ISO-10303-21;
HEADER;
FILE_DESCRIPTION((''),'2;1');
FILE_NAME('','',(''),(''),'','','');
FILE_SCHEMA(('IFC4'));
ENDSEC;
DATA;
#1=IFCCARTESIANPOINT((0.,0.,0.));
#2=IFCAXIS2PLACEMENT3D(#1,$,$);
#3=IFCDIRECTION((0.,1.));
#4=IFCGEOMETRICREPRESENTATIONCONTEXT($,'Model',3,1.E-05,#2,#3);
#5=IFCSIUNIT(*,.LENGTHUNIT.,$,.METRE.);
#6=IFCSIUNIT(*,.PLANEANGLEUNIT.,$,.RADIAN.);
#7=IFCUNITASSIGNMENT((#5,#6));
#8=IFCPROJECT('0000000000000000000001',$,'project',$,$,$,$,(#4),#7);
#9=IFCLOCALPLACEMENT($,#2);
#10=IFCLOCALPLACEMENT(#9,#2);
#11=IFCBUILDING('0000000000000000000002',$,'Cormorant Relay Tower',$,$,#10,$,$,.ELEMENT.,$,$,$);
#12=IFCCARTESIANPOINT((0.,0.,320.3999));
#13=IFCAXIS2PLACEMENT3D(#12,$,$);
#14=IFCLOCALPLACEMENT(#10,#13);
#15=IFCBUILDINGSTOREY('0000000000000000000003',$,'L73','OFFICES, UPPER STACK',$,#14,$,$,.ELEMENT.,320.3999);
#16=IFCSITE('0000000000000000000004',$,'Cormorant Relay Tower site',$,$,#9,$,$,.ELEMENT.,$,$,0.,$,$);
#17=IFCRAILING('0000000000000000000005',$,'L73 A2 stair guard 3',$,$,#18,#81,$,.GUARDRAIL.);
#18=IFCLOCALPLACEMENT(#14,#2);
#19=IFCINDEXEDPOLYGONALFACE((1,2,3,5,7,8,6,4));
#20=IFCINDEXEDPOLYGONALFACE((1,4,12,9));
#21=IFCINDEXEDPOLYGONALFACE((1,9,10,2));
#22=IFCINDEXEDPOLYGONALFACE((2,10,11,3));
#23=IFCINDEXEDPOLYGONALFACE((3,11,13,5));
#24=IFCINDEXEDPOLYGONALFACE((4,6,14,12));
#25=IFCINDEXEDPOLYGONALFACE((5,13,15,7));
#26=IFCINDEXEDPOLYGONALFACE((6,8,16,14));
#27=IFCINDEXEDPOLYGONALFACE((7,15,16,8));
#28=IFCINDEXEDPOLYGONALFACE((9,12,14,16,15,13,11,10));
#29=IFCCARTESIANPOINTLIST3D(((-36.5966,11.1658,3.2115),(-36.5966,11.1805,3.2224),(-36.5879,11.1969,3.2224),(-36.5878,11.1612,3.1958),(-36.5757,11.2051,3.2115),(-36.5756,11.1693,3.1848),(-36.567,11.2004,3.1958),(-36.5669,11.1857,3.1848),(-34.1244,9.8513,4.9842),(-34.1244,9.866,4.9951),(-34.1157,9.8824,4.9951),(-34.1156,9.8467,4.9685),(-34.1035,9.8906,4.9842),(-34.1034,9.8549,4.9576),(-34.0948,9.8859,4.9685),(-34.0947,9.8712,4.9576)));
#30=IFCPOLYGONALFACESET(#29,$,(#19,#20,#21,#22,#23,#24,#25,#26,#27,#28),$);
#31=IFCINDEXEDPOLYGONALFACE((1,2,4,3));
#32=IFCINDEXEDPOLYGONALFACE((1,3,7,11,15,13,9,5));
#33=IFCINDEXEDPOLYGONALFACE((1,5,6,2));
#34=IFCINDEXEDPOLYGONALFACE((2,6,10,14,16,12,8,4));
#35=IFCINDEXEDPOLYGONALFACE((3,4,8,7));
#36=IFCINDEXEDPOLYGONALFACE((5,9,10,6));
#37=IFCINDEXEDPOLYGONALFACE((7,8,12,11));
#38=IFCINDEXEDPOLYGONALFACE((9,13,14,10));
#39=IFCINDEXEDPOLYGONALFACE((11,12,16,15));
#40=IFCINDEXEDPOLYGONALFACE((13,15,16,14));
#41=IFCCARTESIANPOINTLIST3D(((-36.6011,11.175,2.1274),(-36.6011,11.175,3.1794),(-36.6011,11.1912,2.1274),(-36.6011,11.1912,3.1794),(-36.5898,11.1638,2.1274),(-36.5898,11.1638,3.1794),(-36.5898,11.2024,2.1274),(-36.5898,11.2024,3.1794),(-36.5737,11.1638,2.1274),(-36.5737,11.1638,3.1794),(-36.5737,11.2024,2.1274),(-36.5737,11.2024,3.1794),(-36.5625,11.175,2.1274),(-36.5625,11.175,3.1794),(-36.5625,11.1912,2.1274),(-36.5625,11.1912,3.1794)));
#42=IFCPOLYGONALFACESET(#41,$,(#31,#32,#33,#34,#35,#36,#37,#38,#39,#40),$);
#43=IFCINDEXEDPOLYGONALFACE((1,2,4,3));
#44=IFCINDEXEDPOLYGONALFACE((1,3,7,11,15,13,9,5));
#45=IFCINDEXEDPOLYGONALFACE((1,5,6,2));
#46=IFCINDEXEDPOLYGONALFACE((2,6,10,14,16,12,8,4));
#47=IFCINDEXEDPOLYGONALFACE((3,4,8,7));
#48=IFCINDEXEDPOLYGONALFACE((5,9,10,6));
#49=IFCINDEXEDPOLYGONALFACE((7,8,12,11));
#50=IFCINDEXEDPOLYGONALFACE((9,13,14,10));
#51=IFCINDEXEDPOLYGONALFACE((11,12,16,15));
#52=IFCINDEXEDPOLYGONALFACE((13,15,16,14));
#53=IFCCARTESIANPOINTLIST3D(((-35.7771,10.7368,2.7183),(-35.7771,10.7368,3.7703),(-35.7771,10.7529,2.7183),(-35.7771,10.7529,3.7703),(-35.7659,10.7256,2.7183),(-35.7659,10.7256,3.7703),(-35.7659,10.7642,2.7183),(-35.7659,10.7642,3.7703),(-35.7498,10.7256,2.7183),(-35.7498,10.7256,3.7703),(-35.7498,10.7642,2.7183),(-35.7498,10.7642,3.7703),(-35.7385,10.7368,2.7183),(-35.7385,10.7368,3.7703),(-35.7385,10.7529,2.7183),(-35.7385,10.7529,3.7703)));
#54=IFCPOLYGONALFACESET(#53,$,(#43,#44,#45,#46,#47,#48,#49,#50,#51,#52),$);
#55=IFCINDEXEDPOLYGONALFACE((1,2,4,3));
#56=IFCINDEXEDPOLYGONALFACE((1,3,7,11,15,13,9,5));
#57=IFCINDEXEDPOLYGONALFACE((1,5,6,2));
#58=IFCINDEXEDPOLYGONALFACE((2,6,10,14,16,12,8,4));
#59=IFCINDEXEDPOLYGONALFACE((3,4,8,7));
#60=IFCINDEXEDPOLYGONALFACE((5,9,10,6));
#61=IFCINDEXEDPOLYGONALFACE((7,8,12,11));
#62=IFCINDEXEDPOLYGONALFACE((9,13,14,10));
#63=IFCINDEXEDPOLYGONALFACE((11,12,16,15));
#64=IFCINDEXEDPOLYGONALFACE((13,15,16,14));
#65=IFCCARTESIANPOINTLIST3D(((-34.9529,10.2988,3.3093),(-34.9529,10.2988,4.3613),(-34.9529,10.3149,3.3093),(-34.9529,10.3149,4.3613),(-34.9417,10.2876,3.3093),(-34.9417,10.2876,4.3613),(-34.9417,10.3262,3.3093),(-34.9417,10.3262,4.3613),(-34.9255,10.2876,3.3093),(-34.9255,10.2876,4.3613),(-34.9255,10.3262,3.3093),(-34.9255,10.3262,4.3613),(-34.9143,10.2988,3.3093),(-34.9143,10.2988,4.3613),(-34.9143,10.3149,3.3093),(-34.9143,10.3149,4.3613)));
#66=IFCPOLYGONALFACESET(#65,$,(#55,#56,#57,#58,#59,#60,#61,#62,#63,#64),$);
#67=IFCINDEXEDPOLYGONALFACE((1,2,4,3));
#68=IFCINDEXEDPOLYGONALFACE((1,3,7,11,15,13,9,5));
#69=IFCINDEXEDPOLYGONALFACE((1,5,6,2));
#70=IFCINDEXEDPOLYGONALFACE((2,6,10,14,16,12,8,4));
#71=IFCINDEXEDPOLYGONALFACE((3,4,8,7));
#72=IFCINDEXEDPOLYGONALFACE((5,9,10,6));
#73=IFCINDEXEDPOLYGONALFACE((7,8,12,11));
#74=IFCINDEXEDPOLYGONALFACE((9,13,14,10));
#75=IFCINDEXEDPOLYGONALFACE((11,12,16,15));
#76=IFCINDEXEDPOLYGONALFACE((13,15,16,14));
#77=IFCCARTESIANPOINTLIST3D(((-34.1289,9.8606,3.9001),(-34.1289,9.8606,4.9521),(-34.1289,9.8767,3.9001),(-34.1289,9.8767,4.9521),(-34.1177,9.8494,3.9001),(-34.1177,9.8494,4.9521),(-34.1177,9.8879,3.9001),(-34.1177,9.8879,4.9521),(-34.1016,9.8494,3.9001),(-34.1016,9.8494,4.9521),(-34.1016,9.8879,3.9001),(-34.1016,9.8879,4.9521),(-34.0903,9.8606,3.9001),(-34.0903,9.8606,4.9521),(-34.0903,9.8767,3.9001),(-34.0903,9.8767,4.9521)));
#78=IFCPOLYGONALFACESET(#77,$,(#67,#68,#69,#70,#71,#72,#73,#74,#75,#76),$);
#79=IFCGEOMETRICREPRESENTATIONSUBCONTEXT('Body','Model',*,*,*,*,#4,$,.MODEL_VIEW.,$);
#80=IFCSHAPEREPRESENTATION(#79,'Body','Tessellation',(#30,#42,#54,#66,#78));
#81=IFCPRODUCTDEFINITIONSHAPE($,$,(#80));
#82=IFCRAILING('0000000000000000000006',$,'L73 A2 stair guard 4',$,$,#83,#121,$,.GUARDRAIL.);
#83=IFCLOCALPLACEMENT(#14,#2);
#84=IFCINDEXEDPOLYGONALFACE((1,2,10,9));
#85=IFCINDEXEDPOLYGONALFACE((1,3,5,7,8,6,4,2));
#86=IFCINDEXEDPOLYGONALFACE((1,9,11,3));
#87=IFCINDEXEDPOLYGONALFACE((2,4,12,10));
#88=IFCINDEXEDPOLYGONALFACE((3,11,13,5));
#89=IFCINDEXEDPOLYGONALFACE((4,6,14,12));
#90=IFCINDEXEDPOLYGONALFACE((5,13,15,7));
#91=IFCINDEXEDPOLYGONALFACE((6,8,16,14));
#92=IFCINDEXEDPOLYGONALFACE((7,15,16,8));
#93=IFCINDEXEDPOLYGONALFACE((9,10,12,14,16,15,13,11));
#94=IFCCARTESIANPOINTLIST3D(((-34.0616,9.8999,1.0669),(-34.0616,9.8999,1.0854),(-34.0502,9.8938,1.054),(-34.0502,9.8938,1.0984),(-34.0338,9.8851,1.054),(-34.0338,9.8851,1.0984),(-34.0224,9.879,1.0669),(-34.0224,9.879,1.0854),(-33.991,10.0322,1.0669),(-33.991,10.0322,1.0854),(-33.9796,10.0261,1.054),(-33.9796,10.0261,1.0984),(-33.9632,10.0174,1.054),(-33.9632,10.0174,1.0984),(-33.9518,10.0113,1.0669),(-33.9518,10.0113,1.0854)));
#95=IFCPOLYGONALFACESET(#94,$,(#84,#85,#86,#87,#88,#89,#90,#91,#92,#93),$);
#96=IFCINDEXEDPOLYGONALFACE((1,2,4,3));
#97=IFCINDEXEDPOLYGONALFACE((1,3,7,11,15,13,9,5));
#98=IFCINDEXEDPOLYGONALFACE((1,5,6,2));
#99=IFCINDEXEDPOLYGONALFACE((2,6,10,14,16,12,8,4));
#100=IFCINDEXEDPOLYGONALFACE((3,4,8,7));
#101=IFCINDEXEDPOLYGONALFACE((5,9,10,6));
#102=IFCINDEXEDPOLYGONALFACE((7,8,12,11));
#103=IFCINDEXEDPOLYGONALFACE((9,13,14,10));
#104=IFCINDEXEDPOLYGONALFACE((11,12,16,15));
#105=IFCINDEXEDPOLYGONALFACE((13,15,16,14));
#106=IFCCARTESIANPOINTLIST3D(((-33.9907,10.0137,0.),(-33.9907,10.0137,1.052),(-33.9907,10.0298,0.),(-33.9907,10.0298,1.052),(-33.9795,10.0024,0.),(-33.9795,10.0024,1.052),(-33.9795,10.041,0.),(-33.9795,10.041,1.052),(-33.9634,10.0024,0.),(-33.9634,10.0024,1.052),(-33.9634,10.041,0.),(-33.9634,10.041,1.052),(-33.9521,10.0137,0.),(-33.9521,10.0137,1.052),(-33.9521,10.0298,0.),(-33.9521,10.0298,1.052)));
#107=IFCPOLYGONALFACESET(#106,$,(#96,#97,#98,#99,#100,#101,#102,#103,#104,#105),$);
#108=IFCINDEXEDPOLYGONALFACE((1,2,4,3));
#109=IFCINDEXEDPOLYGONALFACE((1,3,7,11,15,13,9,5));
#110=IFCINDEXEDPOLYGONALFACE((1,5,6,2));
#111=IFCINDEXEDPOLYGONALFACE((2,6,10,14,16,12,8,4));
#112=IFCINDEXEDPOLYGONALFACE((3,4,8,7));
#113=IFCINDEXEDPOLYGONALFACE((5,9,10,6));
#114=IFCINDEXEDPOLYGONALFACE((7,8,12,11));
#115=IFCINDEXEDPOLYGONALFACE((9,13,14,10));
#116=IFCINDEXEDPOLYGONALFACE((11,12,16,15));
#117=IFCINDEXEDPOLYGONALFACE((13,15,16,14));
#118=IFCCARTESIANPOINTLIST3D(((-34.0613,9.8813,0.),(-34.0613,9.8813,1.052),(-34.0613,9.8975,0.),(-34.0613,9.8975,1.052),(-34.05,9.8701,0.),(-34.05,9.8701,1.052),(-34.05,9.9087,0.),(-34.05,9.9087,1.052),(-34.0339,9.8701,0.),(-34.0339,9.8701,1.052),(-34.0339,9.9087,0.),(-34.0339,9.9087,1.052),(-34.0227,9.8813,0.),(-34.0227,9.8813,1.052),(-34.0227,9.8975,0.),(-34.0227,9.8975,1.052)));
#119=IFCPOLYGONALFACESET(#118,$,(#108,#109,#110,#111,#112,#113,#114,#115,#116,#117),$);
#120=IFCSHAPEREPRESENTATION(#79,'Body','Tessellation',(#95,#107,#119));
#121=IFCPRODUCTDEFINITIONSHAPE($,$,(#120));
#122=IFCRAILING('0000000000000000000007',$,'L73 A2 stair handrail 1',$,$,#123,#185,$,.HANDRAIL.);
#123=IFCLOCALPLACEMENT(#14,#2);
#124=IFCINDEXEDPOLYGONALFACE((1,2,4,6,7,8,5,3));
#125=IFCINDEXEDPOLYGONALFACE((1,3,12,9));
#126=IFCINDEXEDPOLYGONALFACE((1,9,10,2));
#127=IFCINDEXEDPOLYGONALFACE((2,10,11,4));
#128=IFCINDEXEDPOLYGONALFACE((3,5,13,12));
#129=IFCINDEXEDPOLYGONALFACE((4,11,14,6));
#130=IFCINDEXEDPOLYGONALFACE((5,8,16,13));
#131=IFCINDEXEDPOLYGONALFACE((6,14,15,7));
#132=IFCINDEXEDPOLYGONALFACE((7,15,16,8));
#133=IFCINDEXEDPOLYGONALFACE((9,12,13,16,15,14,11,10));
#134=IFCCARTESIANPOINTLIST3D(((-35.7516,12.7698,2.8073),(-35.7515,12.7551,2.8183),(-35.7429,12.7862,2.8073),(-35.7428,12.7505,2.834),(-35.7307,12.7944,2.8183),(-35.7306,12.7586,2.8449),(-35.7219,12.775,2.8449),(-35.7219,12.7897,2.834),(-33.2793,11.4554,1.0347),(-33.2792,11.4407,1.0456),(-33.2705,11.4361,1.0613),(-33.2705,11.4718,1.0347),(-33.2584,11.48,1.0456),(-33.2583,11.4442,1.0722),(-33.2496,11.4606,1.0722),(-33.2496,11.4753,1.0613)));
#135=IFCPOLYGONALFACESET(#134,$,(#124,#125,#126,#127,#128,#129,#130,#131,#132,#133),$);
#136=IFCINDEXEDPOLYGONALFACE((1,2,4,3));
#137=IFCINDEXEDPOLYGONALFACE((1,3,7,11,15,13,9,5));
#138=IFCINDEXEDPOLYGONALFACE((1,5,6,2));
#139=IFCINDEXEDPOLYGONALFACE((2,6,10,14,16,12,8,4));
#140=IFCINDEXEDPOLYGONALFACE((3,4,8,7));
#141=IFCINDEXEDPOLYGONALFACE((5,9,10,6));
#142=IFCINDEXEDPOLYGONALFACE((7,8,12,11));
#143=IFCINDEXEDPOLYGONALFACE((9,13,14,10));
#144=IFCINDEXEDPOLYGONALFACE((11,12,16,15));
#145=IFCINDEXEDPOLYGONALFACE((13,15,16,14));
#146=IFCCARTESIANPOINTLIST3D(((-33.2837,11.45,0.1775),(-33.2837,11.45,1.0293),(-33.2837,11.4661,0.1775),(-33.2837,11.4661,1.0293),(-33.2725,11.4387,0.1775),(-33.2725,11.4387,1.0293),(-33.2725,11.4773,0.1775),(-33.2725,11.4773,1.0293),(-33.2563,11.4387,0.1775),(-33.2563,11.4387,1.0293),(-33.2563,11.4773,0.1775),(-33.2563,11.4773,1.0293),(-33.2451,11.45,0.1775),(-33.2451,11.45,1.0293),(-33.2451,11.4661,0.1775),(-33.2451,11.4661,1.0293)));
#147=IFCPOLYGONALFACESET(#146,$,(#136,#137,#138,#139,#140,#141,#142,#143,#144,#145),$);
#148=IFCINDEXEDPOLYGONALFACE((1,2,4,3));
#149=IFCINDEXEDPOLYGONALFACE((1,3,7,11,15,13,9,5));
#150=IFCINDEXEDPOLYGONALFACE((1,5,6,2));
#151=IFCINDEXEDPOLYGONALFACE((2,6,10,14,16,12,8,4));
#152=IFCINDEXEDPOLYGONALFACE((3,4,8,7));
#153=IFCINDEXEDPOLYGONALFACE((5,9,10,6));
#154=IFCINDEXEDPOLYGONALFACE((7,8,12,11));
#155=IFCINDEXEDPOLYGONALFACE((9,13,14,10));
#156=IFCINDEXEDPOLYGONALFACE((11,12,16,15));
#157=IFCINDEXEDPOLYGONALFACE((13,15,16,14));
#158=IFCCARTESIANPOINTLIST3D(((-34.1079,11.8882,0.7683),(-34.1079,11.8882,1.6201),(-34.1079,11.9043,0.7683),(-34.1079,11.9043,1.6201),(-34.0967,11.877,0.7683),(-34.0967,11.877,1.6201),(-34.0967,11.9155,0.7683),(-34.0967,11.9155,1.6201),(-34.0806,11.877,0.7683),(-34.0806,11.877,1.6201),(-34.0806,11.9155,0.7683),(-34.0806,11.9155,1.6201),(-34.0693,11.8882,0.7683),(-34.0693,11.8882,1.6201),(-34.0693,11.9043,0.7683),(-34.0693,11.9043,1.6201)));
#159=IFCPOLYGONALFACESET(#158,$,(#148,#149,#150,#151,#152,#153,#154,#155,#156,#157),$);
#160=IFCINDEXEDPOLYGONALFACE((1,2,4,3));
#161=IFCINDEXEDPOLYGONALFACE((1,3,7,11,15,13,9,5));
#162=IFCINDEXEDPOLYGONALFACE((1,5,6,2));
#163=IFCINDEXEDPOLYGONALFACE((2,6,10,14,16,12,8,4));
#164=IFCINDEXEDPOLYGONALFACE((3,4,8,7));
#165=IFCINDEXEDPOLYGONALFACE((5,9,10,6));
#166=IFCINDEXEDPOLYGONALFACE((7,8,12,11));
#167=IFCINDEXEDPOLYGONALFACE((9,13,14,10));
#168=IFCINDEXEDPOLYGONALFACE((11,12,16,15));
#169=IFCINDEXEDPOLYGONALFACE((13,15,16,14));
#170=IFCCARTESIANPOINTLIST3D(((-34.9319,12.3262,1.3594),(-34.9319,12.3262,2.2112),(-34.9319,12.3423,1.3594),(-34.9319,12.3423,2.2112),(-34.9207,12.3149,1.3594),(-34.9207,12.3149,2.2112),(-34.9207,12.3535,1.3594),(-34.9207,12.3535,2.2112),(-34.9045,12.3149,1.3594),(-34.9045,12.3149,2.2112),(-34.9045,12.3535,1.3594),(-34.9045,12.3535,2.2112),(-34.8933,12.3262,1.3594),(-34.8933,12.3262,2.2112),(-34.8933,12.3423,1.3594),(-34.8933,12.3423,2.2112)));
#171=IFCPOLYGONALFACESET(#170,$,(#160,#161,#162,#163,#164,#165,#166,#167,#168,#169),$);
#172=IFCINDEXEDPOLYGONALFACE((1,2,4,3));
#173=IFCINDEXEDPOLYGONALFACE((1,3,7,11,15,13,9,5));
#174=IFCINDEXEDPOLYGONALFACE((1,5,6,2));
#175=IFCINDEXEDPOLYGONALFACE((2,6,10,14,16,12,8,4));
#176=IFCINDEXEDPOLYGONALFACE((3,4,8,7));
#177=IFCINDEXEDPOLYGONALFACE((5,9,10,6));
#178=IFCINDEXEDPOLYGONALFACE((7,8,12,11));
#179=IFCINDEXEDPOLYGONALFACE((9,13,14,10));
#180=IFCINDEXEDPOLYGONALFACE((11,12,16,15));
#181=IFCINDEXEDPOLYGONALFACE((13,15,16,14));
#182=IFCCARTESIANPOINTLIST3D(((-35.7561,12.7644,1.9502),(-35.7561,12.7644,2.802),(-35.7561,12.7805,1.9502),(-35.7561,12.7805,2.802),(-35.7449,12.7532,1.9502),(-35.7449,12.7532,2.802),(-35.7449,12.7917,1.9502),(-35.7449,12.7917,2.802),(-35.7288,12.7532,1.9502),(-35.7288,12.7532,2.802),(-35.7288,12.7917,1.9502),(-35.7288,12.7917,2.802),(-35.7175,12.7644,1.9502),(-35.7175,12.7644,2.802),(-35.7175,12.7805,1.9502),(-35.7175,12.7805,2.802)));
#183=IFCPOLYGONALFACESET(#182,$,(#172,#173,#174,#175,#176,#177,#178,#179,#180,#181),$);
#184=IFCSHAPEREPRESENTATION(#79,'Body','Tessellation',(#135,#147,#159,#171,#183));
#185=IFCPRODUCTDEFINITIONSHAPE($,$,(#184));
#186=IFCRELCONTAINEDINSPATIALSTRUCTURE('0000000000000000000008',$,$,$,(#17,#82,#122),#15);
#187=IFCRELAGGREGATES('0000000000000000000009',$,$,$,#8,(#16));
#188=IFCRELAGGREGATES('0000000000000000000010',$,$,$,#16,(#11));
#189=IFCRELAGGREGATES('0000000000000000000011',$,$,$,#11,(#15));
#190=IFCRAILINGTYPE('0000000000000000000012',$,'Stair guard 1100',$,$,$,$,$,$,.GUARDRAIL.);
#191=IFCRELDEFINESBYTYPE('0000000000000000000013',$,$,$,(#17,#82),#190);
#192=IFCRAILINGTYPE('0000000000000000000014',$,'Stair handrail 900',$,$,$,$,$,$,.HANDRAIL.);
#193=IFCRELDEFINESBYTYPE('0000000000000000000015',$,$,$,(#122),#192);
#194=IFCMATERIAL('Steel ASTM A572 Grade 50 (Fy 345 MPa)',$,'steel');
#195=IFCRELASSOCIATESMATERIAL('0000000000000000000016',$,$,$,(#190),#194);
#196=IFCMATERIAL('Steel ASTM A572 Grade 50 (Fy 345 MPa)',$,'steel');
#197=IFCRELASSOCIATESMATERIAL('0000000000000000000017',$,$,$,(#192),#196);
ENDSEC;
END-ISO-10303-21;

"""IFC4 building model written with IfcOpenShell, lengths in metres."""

from ifc_helpers import new_model, si_unit, direction, frame, origin, place, context, subcontext, project, spatial, polyline, outline, extrude, material, type_object, element, save


model = new_model("IFC4")

# Units and contexts
model_context = context("Model", 3, precision=1e-05, world=origin(), true_north=direction((0.0, 1.0)))
body_context = subcontext(model_context, "Body", "Model", "MODEL_VIEW")
ifc_project = project(units=[si_unit("LENGTHUNIT", "METRE"), si_unit("PLANEANGLEUNIT", "RADIAN")], contexts=[model_context])

# Site, building, storey
site_placement = place(None, origin())
site = spatial("IfcSite", under=ifc_project, at=site_placement, Name="Cormorant Relay Tower site", CompositionType="ELEMENT", RefElevation=0.0)
building_placement = place(site_placement, origin())
building = spatial("IfcBuilding", under=site, at=building_placement, Name="Cormorant Relay Tower", CompositionType="ELEMENT")
storey_placement = place(building_placement, frame((0.0, 0.0, 320.3999)))
storey = spatial("IfcBuildingStorey", under=building, at=storey_placement, Name="L73", Description="OFFICES, UPPER STACK", CompositionType="ELEMENT", Elevation=320.3999)

# Railings
ifc_material_1 = material(Name="Steel ASTM A572 Grade 50 (Fy 345 MPa)", Category="steel")
railing_type_1 = type_object("IfcRailingType", Name="Stair guard 1100", PredefinedType="GUARDRAIL", material=ifc_material_1)
railing_1_placement = place(storey_placement, frame((-36.5818, 11.1831, 2.1274)))
element("IfcRailing", 1, at=railing_1_placement, inside=storey, type_object=railing_type_1, Name="L73 A2 stair guard 3", PredefinedType="GUARDRAIL", context=body_context, shape_type="SweptSolid", body=[
    extrude(outline(polyline([(0.0222, 0.0093), (0.0093, 0.0222), (-0.0093, 0.0222), (-0.0222, 0.0093), (-0.0222, -0.0093), (-0.0093, -0.0222), (0.0093, -0.0222), (0.0222, -0.0093), (0.0222, 0.0093)])), frame((0.0, 0.0, 1.0762), z_axis=(0.746001, -0.396649, 0.534931), x_axis=(0.469465, 0.882951, 0.0)), (0.0, 0.0, 1.0), 3.314),
    extrude(outline(polyline([(0.0193, 0.0081), (0.0081, 0.0193), (-0.0081, 0.0193), (-0.0193, 0.0081), (-0.0193, -0.0081), (-0.0081, -0.0193), (0.0081, -0.0193), (0.0193, -0.0081), (0.0193, 0.0081)])), origin(), (0.0, 0.0, 1.0), 1.052),
    extrude(outline(polyline([(0.0193, 0.0081), (0.0081, 0.0193), (-0.0081, 0.0193), (-0.0193, 0.0081), (-0.0193, -0.0081), (-0.0081, -0.0193), (0.0081, -0.0193), (0.0193, -0.0081), (0.0193, 0.0081)])), frame((0.824, -0.4382, 0.5908)), (0.0, 0.0, 1.0), 1.052),
    extrude(outline(polyline([(0.0193, 0.0081), (0.0081, 0.0193), (-0.0081, 0.0193), (-0.0193, 0.0081), (-0.0193, -0.0081), (-0.0081, -0.0193), (0.0081, -0.0193), (0.0193, -0.0081), (0.0193, 0.0081)])), frame((1.6482, -0.8762, 1.1819)), (0.0, 0.0, 1.0), 1.052),
    extrude(outline(polyline([(0.0193, 0.0081), (0.0081, 0.0193), (-0.0081, 0.0193), (-0.0193, 0.0081), (-0.0193, -0.0081), (-0.0081, -0.0193), (0.0081, -0.0193), (0.0193, -0.0081), (0.0193, 0.0081)])), frame((2.4722, -1.3145, 1.7727)), (0.0, 0.0, 1.0), 1.052),
])
railing_2_placement = place(storey_placement, frame((-33.9714, 10.0217, 0.0)))
element("IfcRailing", 2, at=railing_2_placement, inside=storey, type_object=railing_type_1, Name="L73 A2 stair guard 4", PredefinedType="GUARDRAIL", context=body_context, shape_type="SweptSolid", body=[
    extrude(outline(polyline([(0.0222, 0.0093), (0.0093, 0.0222), (-0.0093, 0.0222), (-0.0222, 0.0093), (-0.0222, -0.0093), (-0.0093, -0.0222), (0.0093, -0.0222), (0.0222, -0.0093), (0.0222, 0.0093)])), frame((0.0, 0.0, 1.0762), z_axis=(-0.470504, -0.882398, 0.0), x_axis=(0.882398, -0.470504, 0.0)), (0.0, 0.0, 1.0), 0.1499),
    extrude(outline(polyline([(0.0193, 0.0081), (0.0081, 0.0193), (-0.0081, 0.0193), (-0.0193, 0.0081), (-0.0193, -0.0081), (-0.0081, -0.0193), (0.0081, -0.0193), (0.0193, -0.0081), (0.0193, 0.0081)])), origin(), (0.0, 0.0, 1.0), 1.052),
    extrude(outline(polyline([(0.0193, 0.0081), (0.0081, 0.0193), (-0.0081, 0.0193), (-0.0193, 0.0081), (-0.0193, -0.0081), (-0.0081, -0.0193), (0.0081, -0.0193), (0.0193, -0.0081), (0.0193, 0.0081)])), frame((-0.0706, -0.1323, 0.0)), (0.0, 0.0, 1.0), 1.052),
])
ifc_material_2 = material(Name="Steel ASTM A572 Grade 50 (Fy 345 MPa)", Category="steel")
railing_type_2 = type_object("IfcRailingType", Name="Stair handrail 900", PredefinedType="HANDRAIL", material=ifc_material_2)
railing_3_placement = place(storey_placement, frame((-33.2644, 11.458, 0.1775)))
element("IfcRailing", 3, at=railing_3_placement, inside=storey, type_object=railing_type_2, Name="L73 A2 stair handrail 1", PredefinedType="HANDRAIL", context=body_context, shape_type="SweptSolid", body=[
    extrude(outline(polyline([(0.0222, 0.0093), (0.0093, 0.0222), (-0.0093, 0.0222), (-0.0222, 0.0093), (-0.0222, -0.0093), (-0.0093, -0.0222), (0.0093, -0.0222), (0.0222, -0.0093), (0.0222, 0.0093)])), frame((0.0, 0.0, 0.876), z_axis=(-0.746034, 0.396627, 0.534902), x_axis=(-0.469429, -0.88297, 0.0)), (0.0, 0.0, 1.0), 3.314),
    extrude(outline(polyline([(0.0193, 0.0081), (0.0081, 0.0193), (-0.0081, 0.0193), (-0.0193, 0.0081), (-0.0193, -0.0081), (-0.0081, -0.0193), (0.0081, -0.0193), (0.0193, -0.0081), (0.0193, 0.0081)])), origin(), (0.0, 0.0, 1.0), 0.8518),
    extrude(outline(polyline([(0.0193, 0.0081), (0.0081, 0.0193), (-0.0081, 0.0193), (-0.0193, 0.0081), (-0.0193, -0.0081), (-0.0081, -0.0193), (0.0081, -0.0193), (0.0193, -0.0081), (0.0193, 0.0081)])), frame((-0.8242, 0.4382, 0.5908)), (0.0, 0.0, 1.0), 0.8518),
    extrude(outline(polyline([(0.0193, 0.0081), (0.0081, 0.0193), (-0.0081, 0.0193), (-0.0193, 0.0081), (-0.0193, -0.0081), (-0.0081, -0.0193), (0.0081, -0.0193), (0.0193, -0.0081), (0.0193, 0.0081)])), frame((-1.6482, 0.8762, 1.1819)), (0.0, 0.0, 1.0), 0.8518),
    extrude(outline(polyline([(0.0193, 0.0081), (0.0081, 0.0193), (-0.0081, 0.0193), (-0.0193, 0.0081), (-0.0193, -0.0081), (-0.0081, -0.0193), (0.0081, -0.0193), (0.0193, -0.0081), (0.0193, 0.0081)])), frame((-2.4724, 1.3145, 1.7727)), (0.0, 0.0, 1.0), 0.8518),
])

save(model, "model.ifc")
